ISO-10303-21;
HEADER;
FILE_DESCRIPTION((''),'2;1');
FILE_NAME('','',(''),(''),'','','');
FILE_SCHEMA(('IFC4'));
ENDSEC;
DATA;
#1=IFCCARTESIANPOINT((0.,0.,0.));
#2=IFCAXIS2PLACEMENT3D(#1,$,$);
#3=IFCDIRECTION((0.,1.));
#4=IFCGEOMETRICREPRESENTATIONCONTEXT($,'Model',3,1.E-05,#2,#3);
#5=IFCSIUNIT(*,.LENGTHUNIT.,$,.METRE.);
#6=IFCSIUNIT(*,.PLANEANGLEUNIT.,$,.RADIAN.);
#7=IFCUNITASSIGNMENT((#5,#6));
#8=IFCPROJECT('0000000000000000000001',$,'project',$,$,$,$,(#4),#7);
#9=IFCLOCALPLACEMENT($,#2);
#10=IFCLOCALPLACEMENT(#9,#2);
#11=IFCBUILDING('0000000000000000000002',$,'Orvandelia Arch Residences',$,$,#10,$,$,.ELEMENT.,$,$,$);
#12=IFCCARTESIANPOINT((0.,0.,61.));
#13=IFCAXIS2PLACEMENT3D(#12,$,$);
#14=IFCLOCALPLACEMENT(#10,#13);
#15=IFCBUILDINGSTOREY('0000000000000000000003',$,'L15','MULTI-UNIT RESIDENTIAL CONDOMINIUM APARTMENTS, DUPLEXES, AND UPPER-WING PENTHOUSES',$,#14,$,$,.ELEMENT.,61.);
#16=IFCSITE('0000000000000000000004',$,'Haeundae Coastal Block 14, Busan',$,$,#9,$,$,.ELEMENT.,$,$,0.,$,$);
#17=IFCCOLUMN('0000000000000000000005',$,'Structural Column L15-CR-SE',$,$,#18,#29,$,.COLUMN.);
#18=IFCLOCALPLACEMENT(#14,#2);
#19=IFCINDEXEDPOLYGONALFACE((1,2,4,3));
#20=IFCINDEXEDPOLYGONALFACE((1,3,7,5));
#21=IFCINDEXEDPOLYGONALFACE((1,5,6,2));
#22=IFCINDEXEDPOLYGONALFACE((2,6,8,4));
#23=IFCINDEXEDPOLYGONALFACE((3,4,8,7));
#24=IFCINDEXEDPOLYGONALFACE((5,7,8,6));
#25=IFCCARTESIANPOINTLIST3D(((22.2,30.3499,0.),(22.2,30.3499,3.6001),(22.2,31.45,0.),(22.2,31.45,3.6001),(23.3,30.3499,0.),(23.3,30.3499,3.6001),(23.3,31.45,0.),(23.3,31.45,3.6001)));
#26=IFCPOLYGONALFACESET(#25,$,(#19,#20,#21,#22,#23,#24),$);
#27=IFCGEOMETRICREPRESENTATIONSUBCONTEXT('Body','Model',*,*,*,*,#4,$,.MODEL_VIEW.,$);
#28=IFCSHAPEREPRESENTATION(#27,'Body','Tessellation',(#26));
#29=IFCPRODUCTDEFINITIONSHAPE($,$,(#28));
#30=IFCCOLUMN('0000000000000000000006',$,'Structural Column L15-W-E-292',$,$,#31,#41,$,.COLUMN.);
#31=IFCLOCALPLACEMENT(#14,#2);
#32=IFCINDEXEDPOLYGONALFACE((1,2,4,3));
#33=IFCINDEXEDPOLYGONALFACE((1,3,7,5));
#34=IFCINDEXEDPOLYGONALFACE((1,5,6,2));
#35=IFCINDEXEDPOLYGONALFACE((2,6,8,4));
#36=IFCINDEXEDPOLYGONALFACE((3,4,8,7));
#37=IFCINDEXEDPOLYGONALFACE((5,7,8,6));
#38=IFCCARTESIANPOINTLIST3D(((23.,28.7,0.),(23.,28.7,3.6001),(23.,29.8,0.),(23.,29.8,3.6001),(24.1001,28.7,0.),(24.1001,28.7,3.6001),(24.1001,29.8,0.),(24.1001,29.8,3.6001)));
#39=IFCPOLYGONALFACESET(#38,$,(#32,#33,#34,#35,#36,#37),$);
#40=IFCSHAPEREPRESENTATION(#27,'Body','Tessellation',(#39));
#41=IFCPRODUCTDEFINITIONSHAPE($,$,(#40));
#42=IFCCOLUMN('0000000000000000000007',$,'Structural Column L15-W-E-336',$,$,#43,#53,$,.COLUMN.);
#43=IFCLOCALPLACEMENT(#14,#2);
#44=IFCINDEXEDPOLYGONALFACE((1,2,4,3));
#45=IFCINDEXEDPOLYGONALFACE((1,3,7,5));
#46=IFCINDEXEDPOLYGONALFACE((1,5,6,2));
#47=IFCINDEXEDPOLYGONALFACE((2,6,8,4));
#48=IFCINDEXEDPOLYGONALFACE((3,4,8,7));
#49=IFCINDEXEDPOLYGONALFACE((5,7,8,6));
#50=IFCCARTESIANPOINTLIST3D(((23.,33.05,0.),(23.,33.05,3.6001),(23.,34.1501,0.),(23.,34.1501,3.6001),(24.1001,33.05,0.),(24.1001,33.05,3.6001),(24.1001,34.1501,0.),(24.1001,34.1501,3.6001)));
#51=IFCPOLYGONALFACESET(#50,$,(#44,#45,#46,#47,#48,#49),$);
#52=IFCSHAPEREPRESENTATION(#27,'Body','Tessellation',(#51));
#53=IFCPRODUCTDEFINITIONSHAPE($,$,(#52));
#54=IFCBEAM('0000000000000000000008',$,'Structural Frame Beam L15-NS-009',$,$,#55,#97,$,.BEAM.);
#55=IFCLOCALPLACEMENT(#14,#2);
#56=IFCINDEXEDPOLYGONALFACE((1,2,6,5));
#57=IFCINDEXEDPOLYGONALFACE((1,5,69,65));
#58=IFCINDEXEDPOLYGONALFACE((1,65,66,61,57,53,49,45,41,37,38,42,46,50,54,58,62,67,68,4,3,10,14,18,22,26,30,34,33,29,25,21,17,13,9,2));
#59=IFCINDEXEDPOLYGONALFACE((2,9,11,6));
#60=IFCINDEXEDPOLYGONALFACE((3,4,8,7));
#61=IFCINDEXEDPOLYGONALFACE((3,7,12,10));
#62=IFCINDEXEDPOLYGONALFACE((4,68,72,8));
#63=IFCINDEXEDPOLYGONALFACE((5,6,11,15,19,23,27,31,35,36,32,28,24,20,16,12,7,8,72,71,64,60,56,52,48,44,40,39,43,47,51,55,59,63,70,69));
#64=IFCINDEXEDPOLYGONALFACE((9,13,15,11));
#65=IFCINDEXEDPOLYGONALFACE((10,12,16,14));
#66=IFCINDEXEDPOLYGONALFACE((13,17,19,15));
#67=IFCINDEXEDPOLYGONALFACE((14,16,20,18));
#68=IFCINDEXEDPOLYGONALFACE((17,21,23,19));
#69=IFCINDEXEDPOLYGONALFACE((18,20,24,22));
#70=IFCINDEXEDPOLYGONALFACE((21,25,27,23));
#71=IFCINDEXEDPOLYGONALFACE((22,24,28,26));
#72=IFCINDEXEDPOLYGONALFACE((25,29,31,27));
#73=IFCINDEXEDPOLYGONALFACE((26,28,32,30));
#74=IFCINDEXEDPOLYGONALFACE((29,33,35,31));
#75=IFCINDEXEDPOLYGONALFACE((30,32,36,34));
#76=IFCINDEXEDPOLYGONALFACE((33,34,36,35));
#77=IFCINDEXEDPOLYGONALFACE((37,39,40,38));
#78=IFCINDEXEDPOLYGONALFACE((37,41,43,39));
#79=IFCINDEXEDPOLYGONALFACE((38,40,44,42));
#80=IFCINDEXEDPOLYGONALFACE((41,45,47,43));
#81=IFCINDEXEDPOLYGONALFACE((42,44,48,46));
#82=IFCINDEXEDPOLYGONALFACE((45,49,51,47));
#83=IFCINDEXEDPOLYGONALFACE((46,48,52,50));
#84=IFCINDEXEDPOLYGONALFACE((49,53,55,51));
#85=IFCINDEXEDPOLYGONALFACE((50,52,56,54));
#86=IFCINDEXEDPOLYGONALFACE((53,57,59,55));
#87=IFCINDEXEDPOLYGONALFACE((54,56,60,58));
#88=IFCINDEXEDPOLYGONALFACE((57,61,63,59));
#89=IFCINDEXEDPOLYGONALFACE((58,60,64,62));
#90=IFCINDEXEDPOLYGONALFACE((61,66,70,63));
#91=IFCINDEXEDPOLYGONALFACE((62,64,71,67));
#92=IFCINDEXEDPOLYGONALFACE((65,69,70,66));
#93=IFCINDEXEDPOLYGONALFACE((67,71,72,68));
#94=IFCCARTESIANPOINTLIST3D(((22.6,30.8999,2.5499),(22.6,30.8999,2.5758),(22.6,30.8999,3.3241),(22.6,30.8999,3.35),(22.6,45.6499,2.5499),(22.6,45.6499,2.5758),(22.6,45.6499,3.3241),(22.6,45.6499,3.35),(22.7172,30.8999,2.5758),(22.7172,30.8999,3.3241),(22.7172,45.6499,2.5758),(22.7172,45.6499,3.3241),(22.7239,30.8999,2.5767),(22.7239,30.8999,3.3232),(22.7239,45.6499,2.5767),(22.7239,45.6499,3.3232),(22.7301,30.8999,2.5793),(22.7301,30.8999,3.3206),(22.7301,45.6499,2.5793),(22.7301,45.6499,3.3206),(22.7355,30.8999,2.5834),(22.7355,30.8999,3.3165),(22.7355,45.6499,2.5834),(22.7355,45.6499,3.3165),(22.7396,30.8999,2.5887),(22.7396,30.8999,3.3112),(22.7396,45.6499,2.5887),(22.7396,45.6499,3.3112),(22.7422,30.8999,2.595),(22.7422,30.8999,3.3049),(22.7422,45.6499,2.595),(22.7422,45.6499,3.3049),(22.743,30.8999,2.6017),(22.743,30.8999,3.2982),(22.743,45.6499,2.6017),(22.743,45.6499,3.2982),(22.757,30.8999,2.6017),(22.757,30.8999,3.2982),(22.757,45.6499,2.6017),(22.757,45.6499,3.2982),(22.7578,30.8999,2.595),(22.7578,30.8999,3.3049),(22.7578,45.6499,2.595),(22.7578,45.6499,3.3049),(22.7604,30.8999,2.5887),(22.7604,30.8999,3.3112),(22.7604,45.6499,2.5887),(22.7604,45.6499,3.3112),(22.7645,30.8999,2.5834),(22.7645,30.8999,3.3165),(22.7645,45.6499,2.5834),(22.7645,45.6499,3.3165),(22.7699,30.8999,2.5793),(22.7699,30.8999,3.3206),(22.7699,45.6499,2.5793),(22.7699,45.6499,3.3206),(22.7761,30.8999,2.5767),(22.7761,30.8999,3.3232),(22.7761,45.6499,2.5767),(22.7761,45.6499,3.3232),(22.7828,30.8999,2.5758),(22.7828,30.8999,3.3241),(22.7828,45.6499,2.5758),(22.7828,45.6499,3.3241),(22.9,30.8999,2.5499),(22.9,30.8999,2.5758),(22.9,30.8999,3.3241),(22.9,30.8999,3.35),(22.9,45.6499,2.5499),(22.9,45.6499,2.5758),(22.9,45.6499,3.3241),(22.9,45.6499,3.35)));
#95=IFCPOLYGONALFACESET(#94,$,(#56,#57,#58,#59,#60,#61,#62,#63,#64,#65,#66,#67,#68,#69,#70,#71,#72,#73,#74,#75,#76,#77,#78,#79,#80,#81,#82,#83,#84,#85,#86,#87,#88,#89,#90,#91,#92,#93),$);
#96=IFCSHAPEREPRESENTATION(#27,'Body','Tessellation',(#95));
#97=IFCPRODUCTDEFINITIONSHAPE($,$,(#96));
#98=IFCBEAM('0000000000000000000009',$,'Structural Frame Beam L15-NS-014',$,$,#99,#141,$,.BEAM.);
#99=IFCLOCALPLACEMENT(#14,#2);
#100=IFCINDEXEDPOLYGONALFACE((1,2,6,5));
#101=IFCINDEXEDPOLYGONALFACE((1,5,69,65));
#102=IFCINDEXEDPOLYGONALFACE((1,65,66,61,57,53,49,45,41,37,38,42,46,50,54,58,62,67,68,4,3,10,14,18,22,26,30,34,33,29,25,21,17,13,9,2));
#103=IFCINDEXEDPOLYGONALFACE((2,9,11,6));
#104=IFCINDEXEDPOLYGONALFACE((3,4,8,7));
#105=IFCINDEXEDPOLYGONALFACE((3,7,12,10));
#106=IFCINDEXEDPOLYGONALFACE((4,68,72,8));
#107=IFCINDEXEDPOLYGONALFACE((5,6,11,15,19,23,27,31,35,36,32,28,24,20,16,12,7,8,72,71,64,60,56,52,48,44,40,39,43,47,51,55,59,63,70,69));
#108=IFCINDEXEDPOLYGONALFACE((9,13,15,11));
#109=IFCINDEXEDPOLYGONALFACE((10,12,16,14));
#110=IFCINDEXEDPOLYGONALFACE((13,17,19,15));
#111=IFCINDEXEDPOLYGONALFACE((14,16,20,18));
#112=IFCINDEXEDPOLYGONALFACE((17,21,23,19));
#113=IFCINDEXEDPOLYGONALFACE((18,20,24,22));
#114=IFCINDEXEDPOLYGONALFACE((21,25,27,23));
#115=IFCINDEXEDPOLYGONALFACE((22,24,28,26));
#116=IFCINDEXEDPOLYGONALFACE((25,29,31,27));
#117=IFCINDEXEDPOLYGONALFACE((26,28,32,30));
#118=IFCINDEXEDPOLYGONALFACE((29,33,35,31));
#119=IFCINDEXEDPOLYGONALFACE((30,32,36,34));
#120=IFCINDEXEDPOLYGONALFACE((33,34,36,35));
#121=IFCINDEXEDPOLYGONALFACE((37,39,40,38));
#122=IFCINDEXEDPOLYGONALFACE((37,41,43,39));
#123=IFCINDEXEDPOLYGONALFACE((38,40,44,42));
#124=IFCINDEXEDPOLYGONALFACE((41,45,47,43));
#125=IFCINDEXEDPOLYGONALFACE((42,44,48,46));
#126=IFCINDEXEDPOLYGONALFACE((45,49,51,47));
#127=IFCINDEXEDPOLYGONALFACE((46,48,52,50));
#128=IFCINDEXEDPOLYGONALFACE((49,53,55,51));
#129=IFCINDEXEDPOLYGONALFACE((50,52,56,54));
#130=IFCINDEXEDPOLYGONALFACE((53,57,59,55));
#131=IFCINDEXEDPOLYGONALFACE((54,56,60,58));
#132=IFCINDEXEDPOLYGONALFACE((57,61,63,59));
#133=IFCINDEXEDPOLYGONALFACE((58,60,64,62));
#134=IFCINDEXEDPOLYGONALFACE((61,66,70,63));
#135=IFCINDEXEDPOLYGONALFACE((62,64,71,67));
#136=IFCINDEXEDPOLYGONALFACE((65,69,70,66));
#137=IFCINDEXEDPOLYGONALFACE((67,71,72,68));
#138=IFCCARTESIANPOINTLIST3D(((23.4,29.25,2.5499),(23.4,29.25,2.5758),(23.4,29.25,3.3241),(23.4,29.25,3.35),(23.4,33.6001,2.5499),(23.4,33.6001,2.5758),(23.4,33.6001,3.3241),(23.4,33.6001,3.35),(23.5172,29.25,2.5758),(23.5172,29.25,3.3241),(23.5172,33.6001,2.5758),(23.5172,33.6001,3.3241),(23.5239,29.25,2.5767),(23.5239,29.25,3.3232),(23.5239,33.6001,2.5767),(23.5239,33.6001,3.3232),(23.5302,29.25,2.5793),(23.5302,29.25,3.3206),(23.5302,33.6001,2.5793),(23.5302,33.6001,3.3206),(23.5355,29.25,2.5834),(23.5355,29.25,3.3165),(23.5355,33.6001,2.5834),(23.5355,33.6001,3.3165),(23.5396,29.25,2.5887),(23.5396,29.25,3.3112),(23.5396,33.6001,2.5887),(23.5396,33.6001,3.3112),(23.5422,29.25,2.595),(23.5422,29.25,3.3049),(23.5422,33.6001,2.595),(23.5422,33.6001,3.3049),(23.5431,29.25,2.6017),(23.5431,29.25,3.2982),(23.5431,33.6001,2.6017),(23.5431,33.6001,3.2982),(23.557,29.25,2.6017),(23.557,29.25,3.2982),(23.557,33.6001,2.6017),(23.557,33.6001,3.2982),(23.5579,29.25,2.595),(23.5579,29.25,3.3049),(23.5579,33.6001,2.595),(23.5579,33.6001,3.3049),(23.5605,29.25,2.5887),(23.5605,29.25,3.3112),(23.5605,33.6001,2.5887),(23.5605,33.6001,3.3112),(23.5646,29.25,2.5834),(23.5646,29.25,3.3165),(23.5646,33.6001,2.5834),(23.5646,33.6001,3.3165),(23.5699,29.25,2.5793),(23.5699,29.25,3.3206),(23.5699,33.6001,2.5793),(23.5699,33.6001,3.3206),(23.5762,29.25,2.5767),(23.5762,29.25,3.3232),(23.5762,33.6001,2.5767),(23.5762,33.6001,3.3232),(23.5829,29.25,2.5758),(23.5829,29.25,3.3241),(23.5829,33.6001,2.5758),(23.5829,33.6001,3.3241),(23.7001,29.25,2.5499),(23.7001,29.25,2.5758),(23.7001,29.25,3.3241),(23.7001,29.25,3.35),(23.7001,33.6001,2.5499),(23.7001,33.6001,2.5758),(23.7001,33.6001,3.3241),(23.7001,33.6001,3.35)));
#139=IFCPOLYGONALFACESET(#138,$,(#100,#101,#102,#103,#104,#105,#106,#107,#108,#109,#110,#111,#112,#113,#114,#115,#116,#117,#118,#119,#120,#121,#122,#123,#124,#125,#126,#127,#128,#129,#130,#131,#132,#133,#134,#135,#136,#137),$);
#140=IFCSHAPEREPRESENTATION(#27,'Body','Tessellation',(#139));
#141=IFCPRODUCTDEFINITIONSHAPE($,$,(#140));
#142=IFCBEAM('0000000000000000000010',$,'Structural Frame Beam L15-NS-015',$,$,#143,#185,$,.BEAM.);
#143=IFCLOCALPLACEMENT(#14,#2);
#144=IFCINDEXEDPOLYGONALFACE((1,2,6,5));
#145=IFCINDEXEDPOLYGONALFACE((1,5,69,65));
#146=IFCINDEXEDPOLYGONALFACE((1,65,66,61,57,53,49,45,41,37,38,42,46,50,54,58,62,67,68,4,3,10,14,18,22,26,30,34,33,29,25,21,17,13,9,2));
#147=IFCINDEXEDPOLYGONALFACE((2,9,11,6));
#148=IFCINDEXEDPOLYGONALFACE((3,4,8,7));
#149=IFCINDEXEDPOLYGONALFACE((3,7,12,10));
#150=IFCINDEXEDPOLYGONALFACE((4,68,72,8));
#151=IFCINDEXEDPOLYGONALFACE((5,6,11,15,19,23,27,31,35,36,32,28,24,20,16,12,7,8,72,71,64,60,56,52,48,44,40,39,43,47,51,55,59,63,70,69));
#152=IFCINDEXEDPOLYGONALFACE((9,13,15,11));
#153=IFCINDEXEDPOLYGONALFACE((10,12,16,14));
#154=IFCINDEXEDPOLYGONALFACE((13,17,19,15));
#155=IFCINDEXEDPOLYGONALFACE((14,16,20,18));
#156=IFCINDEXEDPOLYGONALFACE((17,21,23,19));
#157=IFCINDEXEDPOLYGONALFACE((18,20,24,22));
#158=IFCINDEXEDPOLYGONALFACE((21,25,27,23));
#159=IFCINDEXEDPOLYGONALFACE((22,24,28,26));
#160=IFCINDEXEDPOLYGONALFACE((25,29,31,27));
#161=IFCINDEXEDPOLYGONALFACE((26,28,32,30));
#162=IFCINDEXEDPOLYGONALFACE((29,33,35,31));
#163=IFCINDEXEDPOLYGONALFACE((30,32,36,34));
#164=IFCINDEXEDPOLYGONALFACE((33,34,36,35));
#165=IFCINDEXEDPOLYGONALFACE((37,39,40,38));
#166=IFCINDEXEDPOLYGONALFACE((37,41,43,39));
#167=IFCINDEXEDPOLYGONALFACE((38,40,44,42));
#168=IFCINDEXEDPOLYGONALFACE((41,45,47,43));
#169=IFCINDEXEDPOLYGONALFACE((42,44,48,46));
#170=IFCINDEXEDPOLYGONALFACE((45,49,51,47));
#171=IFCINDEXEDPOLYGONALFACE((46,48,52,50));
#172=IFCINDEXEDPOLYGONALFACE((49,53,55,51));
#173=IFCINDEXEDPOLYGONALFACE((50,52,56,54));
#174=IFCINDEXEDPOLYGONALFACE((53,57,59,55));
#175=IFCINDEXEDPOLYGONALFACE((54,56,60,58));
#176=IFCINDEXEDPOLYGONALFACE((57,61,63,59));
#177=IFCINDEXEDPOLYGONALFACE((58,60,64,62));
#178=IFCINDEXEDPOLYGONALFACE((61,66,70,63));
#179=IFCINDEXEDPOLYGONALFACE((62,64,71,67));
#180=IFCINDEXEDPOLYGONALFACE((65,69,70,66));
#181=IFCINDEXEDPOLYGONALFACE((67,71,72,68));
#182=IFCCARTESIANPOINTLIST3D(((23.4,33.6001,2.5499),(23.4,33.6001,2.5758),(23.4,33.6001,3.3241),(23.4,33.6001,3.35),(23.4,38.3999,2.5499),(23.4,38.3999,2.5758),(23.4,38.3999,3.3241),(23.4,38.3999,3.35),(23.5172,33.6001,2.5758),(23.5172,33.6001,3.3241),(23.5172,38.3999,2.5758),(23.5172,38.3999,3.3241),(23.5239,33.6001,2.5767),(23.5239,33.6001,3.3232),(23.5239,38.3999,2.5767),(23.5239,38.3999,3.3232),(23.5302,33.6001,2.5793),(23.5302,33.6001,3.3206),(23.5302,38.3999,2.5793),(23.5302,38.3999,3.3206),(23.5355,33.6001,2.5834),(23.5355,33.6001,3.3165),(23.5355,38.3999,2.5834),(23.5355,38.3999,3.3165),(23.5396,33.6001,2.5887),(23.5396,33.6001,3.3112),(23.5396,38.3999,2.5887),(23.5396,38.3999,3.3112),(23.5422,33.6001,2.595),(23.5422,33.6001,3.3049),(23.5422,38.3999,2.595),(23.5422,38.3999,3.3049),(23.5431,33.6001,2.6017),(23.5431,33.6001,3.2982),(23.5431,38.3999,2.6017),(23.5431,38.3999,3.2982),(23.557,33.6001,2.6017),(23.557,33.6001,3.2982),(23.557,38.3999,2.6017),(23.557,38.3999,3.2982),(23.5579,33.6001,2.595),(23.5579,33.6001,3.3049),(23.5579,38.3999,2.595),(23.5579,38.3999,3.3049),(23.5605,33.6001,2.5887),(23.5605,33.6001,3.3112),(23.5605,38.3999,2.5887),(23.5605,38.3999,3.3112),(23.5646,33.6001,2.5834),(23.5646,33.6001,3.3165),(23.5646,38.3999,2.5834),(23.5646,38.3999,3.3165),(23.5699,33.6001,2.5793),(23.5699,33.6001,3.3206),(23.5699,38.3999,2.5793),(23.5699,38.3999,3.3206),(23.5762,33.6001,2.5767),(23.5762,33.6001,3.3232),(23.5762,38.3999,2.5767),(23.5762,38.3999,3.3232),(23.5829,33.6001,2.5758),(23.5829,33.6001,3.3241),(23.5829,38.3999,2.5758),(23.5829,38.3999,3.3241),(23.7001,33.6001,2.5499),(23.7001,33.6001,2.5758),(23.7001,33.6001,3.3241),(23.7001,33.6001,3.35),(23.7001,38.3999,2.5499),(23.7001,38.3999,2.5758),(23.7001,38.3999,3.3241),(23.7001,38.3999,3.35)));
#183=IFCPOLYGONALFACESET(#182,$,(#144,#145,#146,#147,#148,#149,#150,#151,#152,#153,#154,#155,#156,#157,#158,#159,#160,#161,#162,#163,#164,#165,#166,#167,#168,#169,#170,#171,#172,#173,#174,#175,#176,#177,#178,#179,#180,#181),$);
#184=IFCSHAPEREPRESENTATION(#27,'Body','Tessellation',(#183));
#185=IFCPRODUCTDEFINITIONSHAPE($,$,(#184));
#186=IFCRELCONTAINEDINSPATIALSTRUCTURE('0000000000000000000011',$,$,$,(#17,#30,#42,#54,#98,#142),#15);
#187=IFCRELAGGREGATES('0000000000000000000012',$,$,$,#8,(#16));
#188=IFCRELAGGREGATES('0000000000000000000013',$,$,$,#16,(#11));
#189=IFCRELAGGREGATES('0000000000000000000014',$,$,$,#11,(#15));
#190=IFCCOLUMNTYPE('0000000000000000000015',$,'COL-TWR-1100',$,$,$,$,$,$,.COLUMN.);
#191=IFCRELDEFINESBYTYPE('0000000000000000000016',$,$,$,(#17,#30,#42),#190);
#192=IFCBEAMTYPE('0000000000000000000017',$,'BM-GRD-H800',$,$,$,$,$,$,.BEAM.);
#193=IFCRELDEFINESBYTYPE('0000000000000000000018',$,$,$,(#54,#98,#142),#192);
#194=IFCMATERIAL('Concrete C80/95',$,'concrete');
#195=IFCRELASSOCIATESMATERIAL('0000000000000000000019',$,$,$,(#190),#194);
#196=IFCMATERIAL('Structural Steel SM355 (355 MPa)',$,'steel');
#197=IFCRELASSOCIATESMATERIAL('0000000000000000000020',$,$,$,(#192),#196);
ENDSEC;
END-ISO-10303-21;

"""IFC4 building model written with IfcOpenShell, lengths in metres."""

from ifc_helpers import new_model, si_unit, direction, frame, origin, origin_2d, place, context, subcontext, project, spatial, rectangle, i_section, extrude, material, material_profile, profile_set, type_object, element, save


model = new_model("IFC4")

# Units and contexts
model_context = context("Model", 3, precision=1e-05, world=origin(), true_north=direction((0.0, 1.0)))
body_context = subcontext(model_context, "Body", "Model", "MODEL_VIEW")
ifc_project = project(units=[si_unit("LENGTHUNIT", "METRE"), si_unit("PLANEANGLEUNIT", "RADIAN")], contexts=[model_context])

# Site, building, storey
site_placement = place(None, origin())
site = spatial("IfcSite", under=ifc_project, at=site_placement, Name="Haeundae Coastal Block 14, Busan", CompositionType="ELEMENT", RefElevation=0.0)
building_placement = place(site_placement, origin())
building = spatial("IfcBuilding", under=site, at=building_placement, Name="Orvandelia Arch Residences", CompositionType="ELEMENT")
storey_placement = place(building_placement, frame((0.0, 0.0, 61.0)))
storey = spatial("IfcBuildingStorey", under=building, at=storey_placement, Name="L15", Description="MULTI-UNIT RESIDENTIAL CONDOMINIUM APARTMENTS, DUPLEXES, AND UPPER-WING PENTHOUSES", CompositionType="ELEMENT", Elevation=61.0)

# Columns
ifc_material_1 = material(Name="Concrete C80/95", Category="concrete")
ifc_material_profile_1 = material_profile(ifc_material_1, rectangle(XDim=1.1001, YDim=1.1001, at=origin_2d()), Name="Concrete C80/95", Category="concrete")
ifc_profile_set_1 = profile_set([ifc_material_profile_1], Name="Concrete C80/95")
column_type = type_object("IfcColumnType", Name="COL-TWR-1100", PredefinedType="COLUMN", material=ifc_profile_set_1)
for number, where, z_axis, x_axis, name in (
    (1, (22.75, 30.8999, 0.0), (0.0, 0.0, 1.0), (1.0, 0.0, 0.0), "Structural Column L15-CR-SE"),
    (2, (23.55, 29.25, 0.0), (0.0, 0.0, 1.0), (1.0, 0.0, 0.0), "Structural Column L15-W-E-292"),
    (3, (23.55, 33.6001, 0.0), (0.0, 0.0, 1.0), (1.0, 0.0, 0.0), "Structural Column L15-W-E-336"),
):
    element("IfcColumn", number, at=place(storey_placement, frame(where, z_axis=z_axis, x_axis=x_axis)), inside=storey, type_object=column_type, Name=name, PredefinedType="COLUMN", context=body_context, shape_type="SweptSolid", body=[
        extrude(rectangle(XDim=1.1001, YDim=1.1001, at=origin_2d()), origin(), (0.0, 0.0, 1.0), 3.6001),
    ])

# Beams
ifc_material_2 = material(Name="Structural Steel SM355 (355 MPa)", Category="steel")
ifc_material_profile_2 = material_profile(ifc_material_2, i_section(OverallWidth=0.3, OverallDepth=0.8, WebThickness=0.0139, FlangeThickness=0.0259, FilletRadius=0.0259, at=origin_2d()), Name="Structural Steel SM355 (355 MPa)", Category="steel")
ifc_profile_set_2 = profile_set([ifc_material_profile_2], Name="Structural Steel SM355 (355 MPa)")
beam_type = type_object("IfcBeamType", Name="BM-GRD-H800", PredefinedType="BEAM", material=ifc_profile_set_2)
beam_1_placement = place(storey_placement, frame((22.75, 30.8999, 2.95), z_axis=(0.0, 1.0, 0.0), x_axis=(-1.0, 0.0, 0.0)))
element("IfcBeam", 4, at=beam_1_placement, inside=storey, type_object=beam_type, Name="Structural Frame Beam L15-NS-009", PredefinedType="BEAM", context=body_context, shape_type="SweptSolid", body=[
    extrude(i_section(OverallWidth=0.3, OverallDepth=0.8, WebThickness=0.0139, FlangeThickness=0.0259, FilletRadius=0.0259, at=origin_2d()), origin(), (0.0, 0.0, 1.0), 14.75),
])
beam_2_placement = place(storey_placement, frame((23.55, 29.25, 2.95), z_axis=(0.0, 1.0, 0.0), x_axis=(-1.0, 0.0, 0.0)))
element("IfcBeam", 5, at=beam_2_placement, inside=storey, type_object=beam_type, Name="Structural Frame Beam L15-NS-014", PredefinedType="BEAM", context=body_context, shape_type="SweptSolid", body=[
    extrude(i_section(OverallWidth=0.3, OverallDepth=0.8, WebThickness=0.0139, FlangeThickness=0.0259, FilletRadius=0.0259, at=origin_2d()), origin(), (0.0, 0.0, 1.0), 4.3501),
])
beam_3_placement = place(storey_placement, frame((23.55, 33.6001, 2.95), z_axis=(0.0, 1.0, 0.0), x_axis=(-1.0, 0.0, 0.0)))
element("IfcBeam", 6, at=beam_3_placement, inside=storey, type_object=beam_type, Name="Structural Frame Beam L15-NS-015", PredefinedType="BEAM", context=body_context, shape_type="SweptSolid", body=[
    extrude(i_section(OverallWidth=0.3, OverallDepth=0.8, WebThickness=0.0139, FlangeThickness=0.0259, FilletRadius=0.0259, at=origin_2d()), origin(), (0.0, 0.0, 1.0), 4.7998),
])

save(model, "model.ifc")
